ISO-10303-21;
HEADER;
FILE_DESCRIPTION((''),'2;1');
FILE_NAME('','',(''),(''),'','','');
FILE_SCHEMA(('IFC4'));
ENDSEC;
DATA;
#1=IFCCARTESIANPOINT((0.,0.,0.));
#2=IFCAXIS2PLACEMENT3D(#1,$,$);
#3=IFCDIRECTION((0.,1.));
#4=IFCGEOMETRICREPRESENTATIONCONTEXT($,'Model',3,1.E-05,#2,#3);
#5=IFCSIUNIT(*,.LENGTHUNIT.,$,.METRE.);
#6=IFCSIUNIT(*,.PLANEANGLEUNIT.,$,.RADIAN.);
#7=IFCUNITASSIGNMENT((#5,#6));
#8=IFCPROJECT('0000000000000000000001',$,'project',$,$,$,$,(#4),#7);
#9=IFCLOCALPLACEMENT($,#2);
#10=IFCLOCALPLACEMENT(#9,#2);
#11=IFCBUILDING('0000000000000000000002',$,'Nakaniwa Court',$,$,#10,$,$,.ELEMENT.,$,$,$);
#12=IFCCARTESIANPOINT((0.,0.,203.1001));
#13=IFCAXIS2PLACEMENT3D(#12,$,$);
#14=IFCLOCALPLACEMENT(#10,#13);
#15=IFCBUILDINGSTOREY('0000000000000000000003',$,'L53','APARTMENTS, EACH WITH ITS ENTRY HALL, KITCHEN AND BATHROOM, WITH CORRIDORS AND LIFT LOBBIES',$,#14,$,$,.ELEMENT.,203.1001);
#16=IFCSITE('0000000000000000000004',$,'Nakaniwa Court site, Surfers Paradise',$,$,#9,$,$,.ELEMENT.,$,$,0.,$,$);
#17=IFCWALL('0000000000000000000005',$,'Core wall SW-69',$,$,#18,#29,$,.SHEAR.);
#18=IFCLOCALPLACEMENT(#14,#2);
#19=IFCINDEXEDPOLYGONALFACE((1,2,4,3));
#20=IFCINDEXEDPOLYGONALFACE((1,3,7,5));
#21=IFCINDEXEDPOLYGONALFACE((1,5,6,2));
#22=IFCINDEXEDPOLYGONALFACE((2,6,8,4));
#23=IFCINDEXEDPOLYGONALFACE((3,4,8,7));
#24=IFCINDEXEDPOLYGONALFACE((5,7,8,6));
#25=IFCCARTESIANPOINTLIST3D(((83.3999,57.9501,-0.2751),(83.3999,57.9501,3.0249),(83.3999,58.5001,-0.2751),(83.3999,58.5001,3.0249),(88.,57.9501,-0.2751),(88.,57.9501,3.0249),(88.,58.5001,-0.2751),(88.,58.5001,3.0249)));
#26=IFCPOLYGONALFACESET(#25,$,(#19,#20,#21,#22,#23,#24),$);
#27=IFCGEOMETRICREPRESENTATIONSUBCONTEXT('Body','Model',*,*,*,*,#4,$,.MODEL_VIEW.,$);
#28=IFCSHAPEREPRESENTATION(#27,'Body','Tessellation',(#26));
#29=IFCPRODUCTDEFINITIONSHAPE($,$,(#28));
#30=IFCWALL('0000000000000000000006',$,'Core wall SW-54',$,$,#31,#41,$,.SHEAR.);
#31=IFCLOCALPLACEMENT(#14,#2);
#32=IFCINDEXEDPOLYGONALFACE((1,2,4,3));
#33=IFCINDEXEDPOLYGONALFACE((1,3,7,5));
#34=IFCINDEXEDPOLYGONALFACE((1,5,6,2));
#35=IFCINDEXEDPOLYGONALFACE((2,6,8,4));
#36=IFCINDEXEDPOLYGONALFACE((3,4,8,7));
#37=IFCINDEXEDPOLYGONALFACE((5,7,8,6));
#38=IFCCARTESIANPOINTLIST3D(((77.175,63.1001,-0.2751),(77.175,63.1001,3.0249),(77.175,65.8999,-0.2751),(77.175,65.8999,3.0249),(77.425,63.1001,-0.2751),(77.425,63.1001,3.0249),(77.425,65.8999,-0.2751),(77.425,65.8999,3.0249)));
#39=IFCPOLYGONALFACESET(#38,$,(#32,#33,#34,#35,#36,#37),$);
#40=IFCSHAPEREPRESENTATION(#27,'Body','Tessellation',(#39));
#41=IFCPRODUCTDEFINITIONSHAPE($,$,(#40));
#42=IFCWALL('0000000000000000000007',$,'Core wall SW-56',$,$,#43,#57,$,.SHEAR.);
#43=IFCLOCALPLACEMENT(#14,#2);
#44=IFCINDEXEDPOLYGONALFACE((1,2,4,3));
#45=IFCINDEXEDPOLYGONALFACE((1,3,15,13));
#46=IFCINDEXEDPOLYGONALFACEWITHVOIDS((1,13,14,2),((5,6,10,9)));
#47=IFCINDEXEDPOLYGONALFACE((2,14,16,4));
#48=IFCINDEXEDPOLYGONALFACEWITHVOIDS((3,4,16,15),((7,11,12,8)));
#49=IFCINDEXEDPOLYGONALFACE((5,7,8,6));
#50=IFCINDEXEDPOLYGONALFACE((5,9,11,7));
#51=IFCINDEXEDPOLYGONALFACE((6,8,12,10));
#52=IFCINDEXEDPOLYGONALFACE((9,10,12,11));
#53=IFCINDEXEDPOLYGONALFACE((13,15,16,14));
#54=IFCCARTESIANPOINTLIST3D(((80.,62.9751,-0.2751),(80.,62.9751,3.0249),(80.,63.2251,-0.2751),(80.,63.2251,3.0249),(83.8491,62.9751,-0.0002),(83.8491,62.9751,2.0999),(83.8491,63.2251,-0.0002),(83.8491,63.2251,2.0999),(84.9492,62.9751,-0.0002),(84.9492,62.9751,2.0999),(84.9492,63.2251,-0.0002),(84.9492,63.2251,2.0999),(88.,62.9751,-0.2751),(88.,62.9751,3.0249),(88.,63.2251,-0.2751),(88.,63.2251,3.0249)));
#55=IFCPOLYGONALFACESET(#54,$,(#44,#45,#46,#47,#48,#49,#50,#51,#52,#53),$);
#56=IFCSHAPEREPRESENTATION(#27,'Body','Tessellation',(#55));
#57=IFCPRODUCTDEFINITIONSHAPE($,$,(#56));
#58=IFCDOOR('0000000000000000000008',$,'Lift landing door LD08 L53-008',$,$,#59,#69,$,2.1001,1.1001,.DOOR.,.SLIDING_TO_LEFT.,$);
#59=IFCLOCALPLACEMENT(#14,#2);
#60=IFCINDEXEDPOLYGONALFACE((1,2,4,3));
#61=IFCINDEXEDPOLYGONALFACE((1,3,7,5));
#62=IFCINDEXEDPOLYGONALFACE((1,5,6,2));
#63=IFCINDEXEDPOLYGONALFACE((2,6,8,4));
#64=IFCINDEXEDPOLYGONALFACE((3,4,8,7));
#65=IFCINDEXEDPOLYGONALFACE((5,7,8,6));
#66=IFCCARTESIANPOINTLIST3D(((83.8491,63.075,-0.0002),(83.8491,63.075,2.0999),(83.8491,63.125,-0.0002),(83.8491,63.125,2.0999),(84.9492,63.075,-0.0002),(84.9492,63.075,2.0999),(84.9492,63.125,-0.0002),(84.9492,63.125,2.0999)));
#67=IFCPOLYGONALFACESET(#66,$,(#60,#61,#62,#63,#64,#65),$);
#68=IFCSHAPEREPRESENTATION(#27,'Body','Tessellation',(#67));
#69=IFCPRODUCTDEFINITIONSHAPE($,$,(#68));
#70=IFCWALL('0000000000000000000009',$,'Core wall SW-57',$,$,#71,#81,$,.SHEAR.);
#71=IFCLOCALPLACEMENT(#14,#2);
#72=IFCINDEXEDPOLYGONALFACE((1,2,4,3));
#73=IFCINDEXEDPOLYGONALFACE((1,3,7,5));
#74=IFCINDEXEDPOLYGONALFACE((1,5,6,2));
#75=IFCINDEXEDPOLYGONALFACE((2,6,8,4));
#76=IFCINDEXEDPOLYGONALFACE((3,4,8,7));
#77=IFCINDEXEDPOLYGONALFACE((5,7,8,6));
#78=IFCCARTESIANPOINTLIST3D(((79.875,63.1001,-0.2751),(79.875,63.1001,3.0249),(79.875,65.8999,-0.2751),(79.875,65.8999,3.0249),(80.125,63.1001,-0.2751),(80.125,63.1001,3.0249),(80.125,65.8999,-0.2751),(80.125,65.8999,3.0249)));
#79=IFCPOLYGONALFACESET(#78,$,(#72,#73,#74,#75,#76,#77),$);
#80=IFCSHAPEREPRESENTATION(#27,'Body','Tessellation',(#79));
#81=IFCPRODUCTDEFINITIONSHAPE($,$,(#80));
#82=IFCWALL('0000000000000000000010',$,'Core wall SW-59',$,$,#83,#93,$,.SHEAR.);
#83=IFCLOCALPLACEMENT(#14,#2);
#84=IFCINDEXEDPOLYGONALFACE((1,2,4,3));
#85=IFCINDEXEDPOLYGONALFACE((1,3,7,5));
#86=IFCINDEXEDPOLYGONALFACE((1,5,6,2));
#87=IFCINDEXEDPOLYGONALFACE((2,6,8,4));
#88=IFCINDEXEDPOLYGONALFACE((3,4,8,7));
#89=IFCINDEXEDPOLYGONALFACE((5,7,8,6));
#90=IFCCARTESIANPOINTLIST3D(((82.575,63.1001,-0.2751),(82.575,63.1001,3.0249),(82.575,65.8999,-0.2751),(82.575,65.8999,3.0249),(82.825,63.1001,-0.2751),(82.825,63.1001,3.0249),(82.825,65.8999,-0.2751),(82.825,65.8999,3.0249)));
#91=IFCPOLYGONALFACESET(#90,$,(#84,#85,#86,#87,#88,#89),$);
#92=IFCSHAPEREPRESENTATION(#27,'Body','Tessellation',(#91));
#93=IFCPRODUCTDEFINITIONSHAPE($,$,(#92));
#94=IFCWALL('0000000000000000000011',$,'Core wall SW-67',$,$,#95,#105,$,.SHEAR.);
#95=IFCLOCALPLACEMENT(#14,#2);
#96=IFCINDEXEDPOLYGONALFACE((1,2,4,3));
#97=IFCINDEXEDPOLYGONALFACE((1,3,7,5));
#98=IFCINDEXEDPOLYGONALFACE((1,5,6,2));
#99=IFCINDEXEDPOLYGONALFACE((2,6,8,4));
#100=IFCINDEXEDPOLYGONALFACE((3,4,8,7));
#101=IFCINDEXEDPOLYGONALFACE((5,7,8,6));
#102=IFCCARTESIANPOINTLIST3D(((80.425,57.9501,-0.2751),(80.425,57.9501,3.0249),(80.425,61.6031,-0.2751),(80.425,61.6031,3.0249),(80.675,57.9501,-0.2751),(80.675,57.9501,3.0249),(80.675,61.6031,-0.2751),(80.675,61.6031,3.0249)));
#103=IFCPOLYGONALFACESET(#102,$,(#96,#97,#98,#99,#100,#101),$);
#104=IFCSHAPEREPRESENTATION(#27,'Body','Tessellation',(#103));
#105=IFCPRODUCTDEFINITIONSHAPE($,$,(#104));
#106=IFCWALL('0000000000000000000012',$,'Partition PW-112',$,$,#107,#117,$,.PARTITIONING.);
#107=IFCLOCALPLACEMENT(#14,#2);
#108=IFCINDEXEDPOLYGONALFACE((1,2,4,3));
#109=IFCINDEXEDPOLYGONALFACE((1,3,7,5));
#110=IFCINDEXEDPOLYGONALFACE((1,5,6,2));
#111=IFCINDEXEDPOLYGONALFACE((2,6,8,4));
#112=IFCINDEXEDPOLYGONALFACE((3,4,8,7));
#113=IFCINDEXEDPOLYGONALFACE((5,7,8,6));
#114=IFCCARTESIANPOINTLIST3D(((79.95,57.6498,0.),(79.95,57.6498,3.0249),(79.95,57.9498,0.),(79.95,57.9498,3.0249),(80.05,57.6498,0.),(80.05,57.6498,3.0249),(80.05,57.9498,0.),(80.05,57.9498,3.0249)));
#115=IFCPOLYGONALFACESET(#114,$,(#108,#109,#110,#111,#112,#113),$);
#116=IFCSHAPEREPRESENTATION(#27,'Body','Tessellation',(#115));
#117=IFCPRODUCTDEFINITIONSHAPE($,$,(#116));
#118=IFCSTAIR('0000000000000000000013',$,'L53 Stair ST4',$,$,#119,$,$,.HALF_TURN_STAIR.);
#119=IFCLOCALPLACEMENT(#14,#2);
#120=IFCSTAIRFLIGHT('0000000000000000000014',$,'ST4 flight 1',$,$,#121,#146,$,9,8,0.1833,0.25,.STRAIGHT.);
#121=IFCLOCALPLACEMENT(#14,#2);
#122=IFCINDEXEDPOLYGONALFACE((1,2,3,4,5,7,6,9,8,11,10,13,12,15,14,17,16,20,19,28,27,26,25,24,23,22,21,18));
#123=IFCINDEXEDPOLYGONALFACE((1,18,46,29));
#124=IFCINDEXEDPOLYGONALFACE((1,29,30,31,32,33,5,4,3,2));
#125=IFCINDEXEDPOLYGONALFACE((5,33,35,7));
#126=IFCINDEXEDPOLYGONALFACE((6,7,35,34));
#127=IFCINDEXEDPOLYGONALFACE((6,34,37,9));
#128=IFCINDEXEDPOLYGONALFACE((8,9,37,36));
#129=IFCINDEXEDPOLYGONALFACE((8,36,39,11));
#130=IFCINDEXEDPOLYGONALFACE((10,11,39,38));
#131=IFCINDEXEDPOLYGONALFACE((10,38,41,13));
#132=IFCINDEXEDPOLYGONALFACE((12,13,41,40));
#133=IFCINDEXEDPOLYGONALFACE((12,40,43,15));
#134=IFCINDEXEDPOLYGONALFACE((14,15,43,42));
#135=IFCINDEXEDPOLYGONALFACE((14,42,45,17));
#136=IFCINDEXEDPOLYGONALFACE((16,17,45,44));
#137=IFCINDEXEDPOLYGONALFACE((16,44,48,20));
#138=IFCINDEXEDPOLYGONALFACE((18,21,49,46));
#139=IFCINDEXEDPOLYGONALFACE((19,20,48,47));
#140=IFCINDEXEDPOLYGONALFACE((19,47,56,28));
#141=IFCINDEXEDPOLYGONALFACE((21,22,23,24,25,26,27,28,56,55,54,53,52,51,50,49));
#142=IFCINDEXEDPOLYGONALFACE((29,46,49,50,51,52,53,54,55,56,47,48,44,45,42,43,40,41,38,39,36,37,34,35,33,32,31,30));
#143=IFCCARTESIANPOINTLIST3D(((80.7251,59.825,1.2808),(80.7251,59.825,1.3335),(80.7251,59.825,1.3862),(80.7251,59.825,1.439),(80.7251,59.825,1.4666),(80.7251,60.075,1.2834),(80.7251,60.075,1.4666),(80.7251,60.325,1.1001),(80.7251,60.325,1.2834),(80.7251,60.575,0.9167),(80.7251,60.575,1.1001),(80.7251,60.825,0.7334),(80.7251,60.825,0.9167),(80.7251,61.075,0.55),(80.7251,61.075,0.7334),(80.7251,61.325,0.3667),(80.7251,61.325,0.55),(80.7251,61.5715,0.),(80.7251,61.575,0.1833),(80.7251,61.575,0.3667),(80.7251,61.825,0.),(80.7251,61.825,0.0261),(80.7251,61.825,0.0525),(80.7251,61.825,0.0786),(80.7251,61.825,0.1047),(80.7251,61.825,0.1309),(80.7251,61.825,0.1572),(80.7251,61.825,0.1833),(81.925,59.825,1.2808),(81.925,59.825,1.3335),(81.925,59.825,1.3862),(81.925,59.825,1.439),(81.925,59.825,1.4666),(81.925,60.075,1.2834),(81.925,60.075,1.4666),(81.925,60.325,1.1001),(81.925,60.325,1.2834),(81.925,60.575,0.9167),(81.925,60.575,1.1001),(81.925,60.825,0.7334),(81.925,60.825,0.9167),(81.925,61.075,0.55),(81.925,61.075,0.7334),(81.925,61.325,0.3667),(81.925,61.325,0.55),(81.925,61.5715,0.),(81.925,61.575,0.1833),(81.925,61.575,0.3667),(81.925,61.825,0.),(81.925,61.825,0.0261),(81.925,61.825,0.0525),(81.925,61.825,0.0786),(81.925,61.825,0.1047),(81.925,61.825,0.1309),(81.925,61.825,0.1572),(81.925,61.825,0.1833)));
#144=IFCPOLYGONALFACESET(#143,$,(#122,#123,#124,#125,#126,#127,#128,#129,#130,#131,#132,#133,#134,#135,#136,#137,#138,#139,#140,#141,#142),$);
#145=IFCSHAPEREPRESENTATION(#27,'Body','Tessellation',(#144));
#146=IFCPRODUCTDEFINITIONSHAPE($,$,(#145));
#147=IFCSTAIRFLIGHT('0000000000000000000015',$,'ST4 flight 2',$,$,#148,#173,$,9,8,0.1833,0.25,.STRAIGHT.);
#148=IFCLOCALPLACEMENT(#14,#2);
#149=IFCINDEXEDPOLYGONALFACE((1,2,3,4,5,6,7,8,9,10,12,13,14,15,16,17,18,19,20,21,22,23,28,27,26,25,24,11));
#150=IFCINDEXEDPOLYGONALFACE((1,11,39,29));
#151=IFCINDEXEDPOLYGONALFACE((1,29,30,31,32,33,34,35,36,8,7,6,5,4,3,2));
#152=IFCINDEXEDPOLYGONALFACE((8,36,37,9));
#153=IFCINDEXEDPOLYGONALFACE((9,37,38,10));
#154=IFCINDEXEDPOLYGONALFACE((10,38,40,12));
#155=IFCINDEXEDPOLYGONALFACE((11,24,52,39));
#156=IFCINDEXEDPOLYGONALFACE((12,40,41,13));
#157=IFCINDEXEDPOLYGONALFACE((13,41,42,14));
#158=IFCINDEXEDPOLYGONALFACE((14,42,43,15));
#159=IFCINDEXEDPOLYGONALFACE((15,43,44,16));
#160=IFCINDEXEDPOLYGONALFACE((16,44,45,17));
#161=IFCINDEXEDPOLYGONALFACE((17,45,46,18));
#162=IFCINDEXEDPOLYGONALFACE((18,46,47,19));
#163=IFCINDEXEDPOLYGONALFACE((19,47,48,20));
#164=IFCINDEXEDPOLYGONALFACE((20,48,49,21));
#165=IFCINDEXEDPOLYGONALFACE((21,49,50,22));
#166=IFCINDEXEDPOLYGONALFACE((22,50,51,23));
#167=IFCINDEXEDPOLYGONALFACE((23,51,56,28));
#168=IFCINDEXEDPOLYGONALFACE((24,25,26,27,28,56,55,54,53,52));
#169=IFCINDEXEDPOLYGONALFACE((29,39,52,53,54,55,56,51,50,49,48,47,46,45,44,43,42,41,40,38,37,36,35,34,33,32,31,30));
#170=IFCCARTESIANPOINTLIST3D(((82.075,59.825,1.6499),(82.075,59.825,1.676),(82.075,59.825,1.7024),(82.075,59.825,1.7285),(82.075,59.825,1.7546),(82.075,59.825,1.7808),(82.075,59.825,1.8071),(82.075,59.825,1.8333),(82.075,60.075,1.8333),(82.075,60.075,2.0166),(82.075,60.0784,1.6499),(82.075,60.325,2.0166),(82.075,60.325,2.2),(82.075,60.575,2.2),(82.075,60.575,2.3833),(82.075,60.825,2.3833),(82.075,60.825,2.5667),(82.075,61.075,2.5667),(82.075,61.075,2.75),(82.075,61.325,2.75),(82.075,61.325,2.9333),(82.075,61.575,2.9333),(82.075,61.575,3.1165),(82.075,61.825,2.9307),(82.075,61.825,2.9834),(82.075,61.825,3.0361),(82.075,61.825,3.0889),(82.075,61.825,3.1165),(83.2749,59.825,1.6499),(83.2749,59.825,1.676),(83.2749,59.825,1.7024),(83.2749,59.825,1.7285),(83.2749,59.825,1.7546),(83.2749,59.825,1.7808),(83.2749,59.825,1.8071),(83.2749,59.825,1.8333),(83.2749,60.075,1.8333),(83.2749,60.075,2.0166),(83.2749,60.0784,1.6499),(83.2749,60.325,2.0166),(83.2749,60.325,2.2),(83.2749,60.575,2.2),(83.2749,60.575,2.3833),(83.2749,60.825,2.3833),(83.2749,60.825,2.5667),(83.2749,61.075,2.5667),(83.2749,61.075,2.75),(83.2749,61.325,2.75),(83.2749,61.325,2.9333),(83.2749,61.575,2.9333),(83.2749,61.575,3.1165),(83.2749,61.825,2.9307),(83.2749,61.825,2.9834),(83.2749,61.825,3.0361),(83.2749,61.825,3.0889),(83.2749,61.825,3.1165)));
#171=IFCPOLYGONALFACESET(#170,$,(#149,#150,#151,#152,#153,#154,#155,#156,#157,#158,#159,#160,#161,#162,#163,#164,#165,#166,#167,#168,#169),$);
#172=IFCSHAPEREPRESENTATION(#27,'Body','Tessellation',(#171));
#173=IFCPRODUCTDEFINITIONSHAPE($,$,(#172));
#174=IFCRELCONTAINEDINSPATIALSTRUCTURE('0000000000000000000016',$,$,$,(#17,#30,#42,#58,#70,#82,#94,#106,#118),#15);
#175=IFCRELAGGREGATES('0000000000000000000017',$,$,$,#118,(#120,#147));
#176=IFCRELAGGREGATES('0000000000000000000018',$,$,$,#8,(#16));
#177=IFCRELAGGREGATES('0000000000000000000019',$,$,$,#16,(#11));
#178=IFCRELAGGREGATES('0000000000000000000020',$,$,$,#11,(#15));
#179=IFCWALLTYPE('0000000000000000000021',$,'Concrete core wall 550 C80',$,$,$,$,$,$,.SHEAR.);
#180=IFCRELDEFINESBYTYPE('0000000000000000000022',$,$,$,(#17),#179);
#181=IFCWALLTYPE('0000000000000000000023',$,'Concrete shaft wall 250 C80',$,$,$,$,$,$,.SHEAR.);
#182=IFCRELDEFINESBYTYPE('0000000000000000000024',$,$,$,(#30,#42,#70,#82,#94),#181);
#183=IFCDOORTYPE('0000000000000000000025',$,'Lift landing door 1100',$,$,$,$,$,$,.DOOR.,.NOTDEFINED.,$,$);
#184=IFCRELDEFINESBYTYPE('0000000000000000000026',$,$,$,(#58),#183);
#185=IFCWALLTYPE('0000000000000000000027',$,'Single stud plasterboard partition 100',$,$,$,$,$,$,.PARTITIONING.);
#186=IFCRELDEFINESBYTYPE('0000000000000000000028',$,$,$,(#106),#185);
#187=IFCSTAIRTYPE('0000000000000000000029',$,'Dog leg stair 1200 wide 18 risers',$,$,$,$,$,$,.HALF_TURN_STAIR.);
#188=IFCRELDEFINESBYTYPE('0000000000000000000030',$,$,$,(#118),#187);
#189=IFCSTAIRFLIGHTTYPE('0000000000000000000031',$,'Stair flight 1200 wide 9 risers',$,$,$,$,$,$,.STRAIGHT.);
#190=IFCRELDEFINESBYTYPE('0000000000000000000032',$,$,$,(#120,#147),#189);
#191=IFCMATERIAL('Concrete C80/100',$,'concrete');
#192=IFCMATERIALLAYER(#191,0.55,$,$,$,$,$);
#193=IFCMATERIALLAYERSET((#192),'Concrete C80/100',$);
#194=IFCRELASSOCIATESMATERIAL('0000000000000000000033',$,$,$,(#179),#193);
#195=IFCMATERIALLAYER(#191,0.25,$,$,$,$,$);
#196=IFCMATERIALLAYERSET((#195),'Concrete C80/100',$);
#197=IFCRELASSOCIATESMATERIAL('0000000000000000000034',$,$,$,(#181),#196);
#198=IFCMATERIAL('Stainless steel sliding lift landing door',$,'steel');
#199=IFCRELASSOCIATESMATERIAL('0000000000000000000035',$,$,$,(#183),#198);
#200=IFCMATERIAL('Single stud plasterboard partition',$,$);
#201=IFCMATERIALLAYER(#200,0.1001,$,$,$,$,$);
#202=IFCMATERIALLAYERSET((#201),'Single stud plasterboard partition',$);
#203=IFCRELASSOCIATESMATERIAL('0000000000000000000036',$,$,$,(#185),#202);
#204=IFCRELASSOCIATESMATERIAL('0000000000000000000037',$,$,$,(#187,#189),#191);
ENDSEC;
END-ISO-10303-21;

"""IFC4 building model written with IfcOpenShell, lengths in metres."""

from ifc_helpers import new_model, si_unit, direction, frame, frame_2d, origin, place, context, subcontext, project, spatial, polyline, rectangle, outline, extrude, material, layer, layer_set, type_object, element, fill, aggregate, save


model = new_model("IFC4")

# Units and contexts
model_context = context("Model", 3, precision=1e-05, world=origin(), true_north=direction((0.0, 1.0)))
body_context = subcontext(model_context, "Body", "Model", "MODEL_VIEW")
ifc_project = project(units=[si_unit("LENGTHUNIT", "METRE"), si_unit("PLANEANGLEUNIT", "RADIAN")], contexts=[model_context])

# Site, building, storey
site_placement = place(None, origin())
site = spatial("IfcSite", under=ifc_project, at=site_placement, Name="Nakaniwa Court site, Surfers Paradise", CompositionType="ELEMENT", RefElevation=0.0)
building_placement = place(site_placement, origin())
building = spatial("IfcBuilding", under=site, at=building_placement, Name="Nakaniwa Court", CompositionType="ELEMENT")
storey_placement = place(building_placement, frame((0.0, 0.0, 203.1001)))
storey = spatial("IfcBuildingStorey", under=building, at=storey_placement, Name="L53", Description="APARTMENTS, EACH WITH ITS ENTRY HALL, KITCHEN AND BATHROOM, WITH CORRIDORS AND LIFT LOBBIES", CompositionType="ELEMENT", Elevation=203.1001)

# Shared definitions
ifc_material_1 = material(Name="Concrete C80/100", Category="concrete")

# Walls
ifc_layer_1 = layer(ifc_material_1, 0.55)
ifc_layer_set_1 = layer_set([ifc_layer_1], Name="Concrete C80/100")
wall_type_1 = type_object("IfcWallType", Name="Concrete core wall 550 C80", PredefinedType="SHEAR", material=ifc_layer_set_1)
wall_1_placement = place(storey_placement, frame((83.3999, 58.2251, -0.2751), z_axis=(0.0, 0.0, 1.0), x_axis=(1.0, 0.0, 0.0)))
element("IfcWall", 1, at=wall_1_placement, inside=storey, type_object=wall_type_1, Name="Core wall SW-69", PredefinedType="SHEAR", context=body_context, shape_type="SweptSolid", body=[
    extrude(rectangle(XDim=4.6001, YDim=0.55, at=frame_2d((2.3, 0.0))), origin(), (0.0, 0.0, 1.0), 3.3),
])
ifc_layer_2 = layer(ifc_material_1, 0.25)
ifc_layer_set_2 = layer_set([ifc_layer_2], Name="Concrete C80/100")
wall_type_2 = type_object("IfcWallType", Name="Concrete shaft wall 250 C80", PredefinedType="SHEAR", material=ifc_layer_set_2)
wall_2_placement = place(storey_placement, frame((77.3, 63.1001, -0.2751), z_axis=(0.0, 0.0, 1.0), x_axis=(0.0, 1.0, 0.0)))
element("IfcWall", 2, at=wall_2_placement, inside=storey, type_object=wall_type_2, Name="Core wall SW-54", PredefinedType="SHEAR", context=body_context, shape_type="SweptSolid", body=[
    extrude(rectangle(XDim=2.7998, YDim=0.25, at=frame_2d((1.3999, 0.0))), origin(), (0.0, 0.0, 1.0), 3.3),
])

# Wall, opening, door
wall_3_placement = place(storey_placement, frame((80.0, 63.1001, -0.2751), z_axis=(0.0, 0.0, 1.0), x_axis=(1.0, 0.0, 0.0)))
wall_3 = element("IfcWall", 3, at=wall_3_placement, inside=storey, type_object=wall_type_2, Name="Core wall SW-56", PredefinedType="SHEAR", context=body_context, shape_type="SweptSolid", body=[
    extrude(rectangle(XDim=8.0, YDim=0.25, at=frame_2d((4.0, 0.0))), origin(), (0.0, 0.0, 1.0), 3.3),
])
opening_1_placement = place(wall_3_placement, frame((3.8491, 0.0, 0.2749)))
opening_1 = element("IfcOpeningElement", 4, at=opening_1_placement, cuts=wall_3, PredefinedType="OPENING", context=body_context, shape_type="SweptSolid", body=[
    extrude(rectangle(XDim=1.1001, YDim=2.1001, at=frame_2d((0.55, 1.05))), frame((0.0, 0.135, 0.0), z_axis=(0.0, -1.0, 0.0), x_axis=(1.0, 0.0, 0.0)), (0.0, 0.0, 1.0), 0.27),
])
ifc_material_2 = material(Name="Stainless steel sliding lift landing door", Category="steel")
door_type_1 = type_object("IfcDoorType", Name="Lift landing door 1100", OperationType="NOTDEFINED", PredefinedType="DOOR", material=ifc_material_2)
door_1_placement = place(opening_1_placement, origin())
door_1 = element("IfcDoor", 5, at=door_1_placement, inside=storey, type_object=door_type_1, Name="Lift landing door LD08 L53-008", OperationType="SLIDING_TO_LEFT", OverallHeight=2.1001, OverallWidth=1.1001, PredefinedType="DOOR", context=body_context, shape_type="SweptSolid", body=[
    extrude(rectangle(XDim=1.1001, YDim=2.1001, at=frame_2d((0.55, 1.05))), frame((0.0, 0.0249, 0.0), z_axis=(0.0, -1.0, 0.0), x_axis=(1.0, 0.0, 0.0)), (0.0, 0.0, 1.0), 0.05),
])
fill(opening_1, door_1)

# Walls
for number, where, z_axis, x_axis, name in (
    (6, (80.0, 63.1001, -0.2751), (0.0, 0.0, 1.0), (0.0, 1.0, 0.0), "Core wall SW-57"),
    (7, (82.7, 63.1001, -0.2751), (0.0, 0.0, 1.0), (0.0, 1.0, 0.0), "Core wall SW-59"),
):
    element("IfcWall", number, at=place(storey_placement, frame(where, z_axis=z_axis, x_axis=x_axis)), inside=storey, type_object=wall_type_2, Name=name, PredefinedType="SHEAR", context=body_context, shape_type="SweptSolid", body=[
        extrude(rectangle(XDim=2.7998, YDim=0.25, at=frame_2d((1.3999, 0.0))), origin(), (0.0, 0.0, 1.0), 3.3),
    ])
wall_4_placement = place(storey_placement, frame((80.55, 57.95, -0.2751), z_axis=(0.0, 0.0, 1.0), x_axis=(0.0, 1.0, 0.0)))
element("IfcWall", 8, at=wall_4_placement, inside=storey, type_object=wall_type_2, Name="Core wall SW-67", PredefinedType="SHEAR", context=body_context, shape_type="SweptSolid", body=[
    extrude(rectangle(XDim=3.6531, YDim=0.25, at=frame_2d((1.8267, 0.0))), origin(), (0.0, 0.0, 1.0), 3.3),
])
ifc_material_3 = material(Name="Single stud plasterboard partition")
ifc_layer_3 = layer(ifc_material_3, 0.1001)
ifc_layer_set_3 = layer_set([ifc_layer_3], Name="Single stud plasterboard partition")
wall_type_3 = type_object("IfcWallType", Name="Single stud plasterboard partition 100", PredefinedType="PARTITIONING", material=ifc_layer_set_3)
wall_5_placement = place(storey_placement, frame((80.0, 57.6499, 0.0), z_axis=(0.0, 0.0, 1.0), x_axis=(0.0, 1.0, 0.0)))
element("IfcWall", 9, at=wall_5_placement, inside=storey, type_object=wall_type_3, Name="Partition PW-112", PredefinedType="PARTITIONING", context=body_context, shape_type="SweptSolid", body=[
    extrude(rectangle(XDim=0.3, YDim=0.1001, at=frame_2d((0.1499, 0.0))), origin(), (0.0, 0.0, 1.0), 3.0249),
])

# Stair, stair flights
stair_type = type_object("IfcStairType", Name="Dog leg stair 1200 wide 18 risers", PredefinedType="HALF_TURN_STAIR", material=ifc_material_1)
stair_placement = place(storey_placement, origin())
stair = element("IfcStair", 10, at=stair_placement, inside=storey, type_object=stair_type, Name="L53 Stair ST4", PredefinedType="HALF_TURN_STAIR")
stair_flight_type = type_object("IfcStairFlightType", Name="Stair flight 1200 wide 9 risers", PredefinedType="STRAIGHT", material=ifc_material_1)
stair_flight_1_placement = place(storey_placement, frame((81.325, 61.825, 0.0), z_axis=(0.0, 0.0, 1.0), x_axis=(0.0, -1.0, 0.0)))
stair_flight_1 = element("IfcStairFlight", 11, at=stair_flight_1_placement, type_object=stair_flight_type, Name="ST4 flight 1", NumberOfRisers=9, NumberOfTreads=8, PredefinedType="STRAIGHT", RiserHeight=0.1833, TreadLength=0.25, context=body_context, shape_type="SweptSolid", body=[
    extrude(outline(polyline([(0.0, 0.0), (0.0, 0.0261), (0.0, 0.0525), (0.0, 0.0786), (0.0, 0.1047), (0.0, 0.1309), (0.0, 0.1572), (0.0, 0.1833), (0.25, 0.1833), (0.25, 0.3667), (0.5, 0.3667), (0.5, 0.55), (0.75, 0.55), (0.75, 0.7334), (1.0, 0.7334), (1.0, 0.9167), (1.25, 0.9167), (1.25, 1.1001), (1.5, 1.1001), (1.5, 1.2834), (1.75, 1.2834), (1.75, 1.4666), (2.0, 1.4666), (2.0, 1.6499), (2.0, 1.5972), (2.0, 1.5444), (2.0, 1.4917), (2.0, 1.439), (2.0, 1.3862), (2.0, 1.3335), (2.0, 1.2808), (0.2534, 0.0), (0.0, 0.0)])), frame((0.0, 0.6001, 0.0), z_axis=(0.0, -1.0, 0.0), x_axis=(1.0, 0.0, 0.0)), (0.0, 0.0, 1.0), 1.2),
])
stair_flight_2_placement = place(storey_placement, frame((82.675, 59.825, 1.6499), z_axis=(0.0, 0.0, 1.0), x_axis=(0.0, 1.0, 0.0)))
stair_flight_2 = element("IfcStairFlight", 12, at=stair_flight_2_placement, type_object=stair_flight_type, Name="ST4 flight 2", NumberOfRisers=9, NumberOfTreads=8, PredefinedType="STRAIGHT", RiserHeight=0.1833, TreadLength=0.25, context=body_context, shape_type="SweptSolid", body=[
    extrude(outline(polyline([(0.0, 0.0), (0.0, 0.0261), (0.0, 0.0525), (0.0, 0.0786), (0.0, 0.1047), (0.0, 0.1309), (0.0, 0.1572), (0.0, 0.1833), (0.25, 0.1833), (0.25, 0.3667), (0.5, 0.3667), (0.5, 0.55), (0.75, 0.55), (0.75, 0.7334), (1.0, 0.7334), (1.0, 0.9167), (1.25, 0.9167), (1.25, 1.1001), (1.5, 1.1001), (1.5, 1.2834), (1.75, 1.2834), (1.75, 1.4666), (2.0, 1.4666), (2.0, 1.6499), (2.0, 1.5972), (2.0, 1.5444), (2.0, 1.4917), (2.0, 1.439), (2.0, 1.3862), (2.0, 1.3335), (2.0, 1.2808), (0.2534, 0.0), (0.0, 0.0)])), frame((0.0, 0.6001, 0.0), z_axis=(0.0, -1.0, 0.0), x_axis=(1.0, 0.0, 0.0)), (0.0, 0.0, 1.0), 1.2),
])
aggregate(stair, [stair_flight_1, stair_flight_2])

save(model, "model.ifc")
